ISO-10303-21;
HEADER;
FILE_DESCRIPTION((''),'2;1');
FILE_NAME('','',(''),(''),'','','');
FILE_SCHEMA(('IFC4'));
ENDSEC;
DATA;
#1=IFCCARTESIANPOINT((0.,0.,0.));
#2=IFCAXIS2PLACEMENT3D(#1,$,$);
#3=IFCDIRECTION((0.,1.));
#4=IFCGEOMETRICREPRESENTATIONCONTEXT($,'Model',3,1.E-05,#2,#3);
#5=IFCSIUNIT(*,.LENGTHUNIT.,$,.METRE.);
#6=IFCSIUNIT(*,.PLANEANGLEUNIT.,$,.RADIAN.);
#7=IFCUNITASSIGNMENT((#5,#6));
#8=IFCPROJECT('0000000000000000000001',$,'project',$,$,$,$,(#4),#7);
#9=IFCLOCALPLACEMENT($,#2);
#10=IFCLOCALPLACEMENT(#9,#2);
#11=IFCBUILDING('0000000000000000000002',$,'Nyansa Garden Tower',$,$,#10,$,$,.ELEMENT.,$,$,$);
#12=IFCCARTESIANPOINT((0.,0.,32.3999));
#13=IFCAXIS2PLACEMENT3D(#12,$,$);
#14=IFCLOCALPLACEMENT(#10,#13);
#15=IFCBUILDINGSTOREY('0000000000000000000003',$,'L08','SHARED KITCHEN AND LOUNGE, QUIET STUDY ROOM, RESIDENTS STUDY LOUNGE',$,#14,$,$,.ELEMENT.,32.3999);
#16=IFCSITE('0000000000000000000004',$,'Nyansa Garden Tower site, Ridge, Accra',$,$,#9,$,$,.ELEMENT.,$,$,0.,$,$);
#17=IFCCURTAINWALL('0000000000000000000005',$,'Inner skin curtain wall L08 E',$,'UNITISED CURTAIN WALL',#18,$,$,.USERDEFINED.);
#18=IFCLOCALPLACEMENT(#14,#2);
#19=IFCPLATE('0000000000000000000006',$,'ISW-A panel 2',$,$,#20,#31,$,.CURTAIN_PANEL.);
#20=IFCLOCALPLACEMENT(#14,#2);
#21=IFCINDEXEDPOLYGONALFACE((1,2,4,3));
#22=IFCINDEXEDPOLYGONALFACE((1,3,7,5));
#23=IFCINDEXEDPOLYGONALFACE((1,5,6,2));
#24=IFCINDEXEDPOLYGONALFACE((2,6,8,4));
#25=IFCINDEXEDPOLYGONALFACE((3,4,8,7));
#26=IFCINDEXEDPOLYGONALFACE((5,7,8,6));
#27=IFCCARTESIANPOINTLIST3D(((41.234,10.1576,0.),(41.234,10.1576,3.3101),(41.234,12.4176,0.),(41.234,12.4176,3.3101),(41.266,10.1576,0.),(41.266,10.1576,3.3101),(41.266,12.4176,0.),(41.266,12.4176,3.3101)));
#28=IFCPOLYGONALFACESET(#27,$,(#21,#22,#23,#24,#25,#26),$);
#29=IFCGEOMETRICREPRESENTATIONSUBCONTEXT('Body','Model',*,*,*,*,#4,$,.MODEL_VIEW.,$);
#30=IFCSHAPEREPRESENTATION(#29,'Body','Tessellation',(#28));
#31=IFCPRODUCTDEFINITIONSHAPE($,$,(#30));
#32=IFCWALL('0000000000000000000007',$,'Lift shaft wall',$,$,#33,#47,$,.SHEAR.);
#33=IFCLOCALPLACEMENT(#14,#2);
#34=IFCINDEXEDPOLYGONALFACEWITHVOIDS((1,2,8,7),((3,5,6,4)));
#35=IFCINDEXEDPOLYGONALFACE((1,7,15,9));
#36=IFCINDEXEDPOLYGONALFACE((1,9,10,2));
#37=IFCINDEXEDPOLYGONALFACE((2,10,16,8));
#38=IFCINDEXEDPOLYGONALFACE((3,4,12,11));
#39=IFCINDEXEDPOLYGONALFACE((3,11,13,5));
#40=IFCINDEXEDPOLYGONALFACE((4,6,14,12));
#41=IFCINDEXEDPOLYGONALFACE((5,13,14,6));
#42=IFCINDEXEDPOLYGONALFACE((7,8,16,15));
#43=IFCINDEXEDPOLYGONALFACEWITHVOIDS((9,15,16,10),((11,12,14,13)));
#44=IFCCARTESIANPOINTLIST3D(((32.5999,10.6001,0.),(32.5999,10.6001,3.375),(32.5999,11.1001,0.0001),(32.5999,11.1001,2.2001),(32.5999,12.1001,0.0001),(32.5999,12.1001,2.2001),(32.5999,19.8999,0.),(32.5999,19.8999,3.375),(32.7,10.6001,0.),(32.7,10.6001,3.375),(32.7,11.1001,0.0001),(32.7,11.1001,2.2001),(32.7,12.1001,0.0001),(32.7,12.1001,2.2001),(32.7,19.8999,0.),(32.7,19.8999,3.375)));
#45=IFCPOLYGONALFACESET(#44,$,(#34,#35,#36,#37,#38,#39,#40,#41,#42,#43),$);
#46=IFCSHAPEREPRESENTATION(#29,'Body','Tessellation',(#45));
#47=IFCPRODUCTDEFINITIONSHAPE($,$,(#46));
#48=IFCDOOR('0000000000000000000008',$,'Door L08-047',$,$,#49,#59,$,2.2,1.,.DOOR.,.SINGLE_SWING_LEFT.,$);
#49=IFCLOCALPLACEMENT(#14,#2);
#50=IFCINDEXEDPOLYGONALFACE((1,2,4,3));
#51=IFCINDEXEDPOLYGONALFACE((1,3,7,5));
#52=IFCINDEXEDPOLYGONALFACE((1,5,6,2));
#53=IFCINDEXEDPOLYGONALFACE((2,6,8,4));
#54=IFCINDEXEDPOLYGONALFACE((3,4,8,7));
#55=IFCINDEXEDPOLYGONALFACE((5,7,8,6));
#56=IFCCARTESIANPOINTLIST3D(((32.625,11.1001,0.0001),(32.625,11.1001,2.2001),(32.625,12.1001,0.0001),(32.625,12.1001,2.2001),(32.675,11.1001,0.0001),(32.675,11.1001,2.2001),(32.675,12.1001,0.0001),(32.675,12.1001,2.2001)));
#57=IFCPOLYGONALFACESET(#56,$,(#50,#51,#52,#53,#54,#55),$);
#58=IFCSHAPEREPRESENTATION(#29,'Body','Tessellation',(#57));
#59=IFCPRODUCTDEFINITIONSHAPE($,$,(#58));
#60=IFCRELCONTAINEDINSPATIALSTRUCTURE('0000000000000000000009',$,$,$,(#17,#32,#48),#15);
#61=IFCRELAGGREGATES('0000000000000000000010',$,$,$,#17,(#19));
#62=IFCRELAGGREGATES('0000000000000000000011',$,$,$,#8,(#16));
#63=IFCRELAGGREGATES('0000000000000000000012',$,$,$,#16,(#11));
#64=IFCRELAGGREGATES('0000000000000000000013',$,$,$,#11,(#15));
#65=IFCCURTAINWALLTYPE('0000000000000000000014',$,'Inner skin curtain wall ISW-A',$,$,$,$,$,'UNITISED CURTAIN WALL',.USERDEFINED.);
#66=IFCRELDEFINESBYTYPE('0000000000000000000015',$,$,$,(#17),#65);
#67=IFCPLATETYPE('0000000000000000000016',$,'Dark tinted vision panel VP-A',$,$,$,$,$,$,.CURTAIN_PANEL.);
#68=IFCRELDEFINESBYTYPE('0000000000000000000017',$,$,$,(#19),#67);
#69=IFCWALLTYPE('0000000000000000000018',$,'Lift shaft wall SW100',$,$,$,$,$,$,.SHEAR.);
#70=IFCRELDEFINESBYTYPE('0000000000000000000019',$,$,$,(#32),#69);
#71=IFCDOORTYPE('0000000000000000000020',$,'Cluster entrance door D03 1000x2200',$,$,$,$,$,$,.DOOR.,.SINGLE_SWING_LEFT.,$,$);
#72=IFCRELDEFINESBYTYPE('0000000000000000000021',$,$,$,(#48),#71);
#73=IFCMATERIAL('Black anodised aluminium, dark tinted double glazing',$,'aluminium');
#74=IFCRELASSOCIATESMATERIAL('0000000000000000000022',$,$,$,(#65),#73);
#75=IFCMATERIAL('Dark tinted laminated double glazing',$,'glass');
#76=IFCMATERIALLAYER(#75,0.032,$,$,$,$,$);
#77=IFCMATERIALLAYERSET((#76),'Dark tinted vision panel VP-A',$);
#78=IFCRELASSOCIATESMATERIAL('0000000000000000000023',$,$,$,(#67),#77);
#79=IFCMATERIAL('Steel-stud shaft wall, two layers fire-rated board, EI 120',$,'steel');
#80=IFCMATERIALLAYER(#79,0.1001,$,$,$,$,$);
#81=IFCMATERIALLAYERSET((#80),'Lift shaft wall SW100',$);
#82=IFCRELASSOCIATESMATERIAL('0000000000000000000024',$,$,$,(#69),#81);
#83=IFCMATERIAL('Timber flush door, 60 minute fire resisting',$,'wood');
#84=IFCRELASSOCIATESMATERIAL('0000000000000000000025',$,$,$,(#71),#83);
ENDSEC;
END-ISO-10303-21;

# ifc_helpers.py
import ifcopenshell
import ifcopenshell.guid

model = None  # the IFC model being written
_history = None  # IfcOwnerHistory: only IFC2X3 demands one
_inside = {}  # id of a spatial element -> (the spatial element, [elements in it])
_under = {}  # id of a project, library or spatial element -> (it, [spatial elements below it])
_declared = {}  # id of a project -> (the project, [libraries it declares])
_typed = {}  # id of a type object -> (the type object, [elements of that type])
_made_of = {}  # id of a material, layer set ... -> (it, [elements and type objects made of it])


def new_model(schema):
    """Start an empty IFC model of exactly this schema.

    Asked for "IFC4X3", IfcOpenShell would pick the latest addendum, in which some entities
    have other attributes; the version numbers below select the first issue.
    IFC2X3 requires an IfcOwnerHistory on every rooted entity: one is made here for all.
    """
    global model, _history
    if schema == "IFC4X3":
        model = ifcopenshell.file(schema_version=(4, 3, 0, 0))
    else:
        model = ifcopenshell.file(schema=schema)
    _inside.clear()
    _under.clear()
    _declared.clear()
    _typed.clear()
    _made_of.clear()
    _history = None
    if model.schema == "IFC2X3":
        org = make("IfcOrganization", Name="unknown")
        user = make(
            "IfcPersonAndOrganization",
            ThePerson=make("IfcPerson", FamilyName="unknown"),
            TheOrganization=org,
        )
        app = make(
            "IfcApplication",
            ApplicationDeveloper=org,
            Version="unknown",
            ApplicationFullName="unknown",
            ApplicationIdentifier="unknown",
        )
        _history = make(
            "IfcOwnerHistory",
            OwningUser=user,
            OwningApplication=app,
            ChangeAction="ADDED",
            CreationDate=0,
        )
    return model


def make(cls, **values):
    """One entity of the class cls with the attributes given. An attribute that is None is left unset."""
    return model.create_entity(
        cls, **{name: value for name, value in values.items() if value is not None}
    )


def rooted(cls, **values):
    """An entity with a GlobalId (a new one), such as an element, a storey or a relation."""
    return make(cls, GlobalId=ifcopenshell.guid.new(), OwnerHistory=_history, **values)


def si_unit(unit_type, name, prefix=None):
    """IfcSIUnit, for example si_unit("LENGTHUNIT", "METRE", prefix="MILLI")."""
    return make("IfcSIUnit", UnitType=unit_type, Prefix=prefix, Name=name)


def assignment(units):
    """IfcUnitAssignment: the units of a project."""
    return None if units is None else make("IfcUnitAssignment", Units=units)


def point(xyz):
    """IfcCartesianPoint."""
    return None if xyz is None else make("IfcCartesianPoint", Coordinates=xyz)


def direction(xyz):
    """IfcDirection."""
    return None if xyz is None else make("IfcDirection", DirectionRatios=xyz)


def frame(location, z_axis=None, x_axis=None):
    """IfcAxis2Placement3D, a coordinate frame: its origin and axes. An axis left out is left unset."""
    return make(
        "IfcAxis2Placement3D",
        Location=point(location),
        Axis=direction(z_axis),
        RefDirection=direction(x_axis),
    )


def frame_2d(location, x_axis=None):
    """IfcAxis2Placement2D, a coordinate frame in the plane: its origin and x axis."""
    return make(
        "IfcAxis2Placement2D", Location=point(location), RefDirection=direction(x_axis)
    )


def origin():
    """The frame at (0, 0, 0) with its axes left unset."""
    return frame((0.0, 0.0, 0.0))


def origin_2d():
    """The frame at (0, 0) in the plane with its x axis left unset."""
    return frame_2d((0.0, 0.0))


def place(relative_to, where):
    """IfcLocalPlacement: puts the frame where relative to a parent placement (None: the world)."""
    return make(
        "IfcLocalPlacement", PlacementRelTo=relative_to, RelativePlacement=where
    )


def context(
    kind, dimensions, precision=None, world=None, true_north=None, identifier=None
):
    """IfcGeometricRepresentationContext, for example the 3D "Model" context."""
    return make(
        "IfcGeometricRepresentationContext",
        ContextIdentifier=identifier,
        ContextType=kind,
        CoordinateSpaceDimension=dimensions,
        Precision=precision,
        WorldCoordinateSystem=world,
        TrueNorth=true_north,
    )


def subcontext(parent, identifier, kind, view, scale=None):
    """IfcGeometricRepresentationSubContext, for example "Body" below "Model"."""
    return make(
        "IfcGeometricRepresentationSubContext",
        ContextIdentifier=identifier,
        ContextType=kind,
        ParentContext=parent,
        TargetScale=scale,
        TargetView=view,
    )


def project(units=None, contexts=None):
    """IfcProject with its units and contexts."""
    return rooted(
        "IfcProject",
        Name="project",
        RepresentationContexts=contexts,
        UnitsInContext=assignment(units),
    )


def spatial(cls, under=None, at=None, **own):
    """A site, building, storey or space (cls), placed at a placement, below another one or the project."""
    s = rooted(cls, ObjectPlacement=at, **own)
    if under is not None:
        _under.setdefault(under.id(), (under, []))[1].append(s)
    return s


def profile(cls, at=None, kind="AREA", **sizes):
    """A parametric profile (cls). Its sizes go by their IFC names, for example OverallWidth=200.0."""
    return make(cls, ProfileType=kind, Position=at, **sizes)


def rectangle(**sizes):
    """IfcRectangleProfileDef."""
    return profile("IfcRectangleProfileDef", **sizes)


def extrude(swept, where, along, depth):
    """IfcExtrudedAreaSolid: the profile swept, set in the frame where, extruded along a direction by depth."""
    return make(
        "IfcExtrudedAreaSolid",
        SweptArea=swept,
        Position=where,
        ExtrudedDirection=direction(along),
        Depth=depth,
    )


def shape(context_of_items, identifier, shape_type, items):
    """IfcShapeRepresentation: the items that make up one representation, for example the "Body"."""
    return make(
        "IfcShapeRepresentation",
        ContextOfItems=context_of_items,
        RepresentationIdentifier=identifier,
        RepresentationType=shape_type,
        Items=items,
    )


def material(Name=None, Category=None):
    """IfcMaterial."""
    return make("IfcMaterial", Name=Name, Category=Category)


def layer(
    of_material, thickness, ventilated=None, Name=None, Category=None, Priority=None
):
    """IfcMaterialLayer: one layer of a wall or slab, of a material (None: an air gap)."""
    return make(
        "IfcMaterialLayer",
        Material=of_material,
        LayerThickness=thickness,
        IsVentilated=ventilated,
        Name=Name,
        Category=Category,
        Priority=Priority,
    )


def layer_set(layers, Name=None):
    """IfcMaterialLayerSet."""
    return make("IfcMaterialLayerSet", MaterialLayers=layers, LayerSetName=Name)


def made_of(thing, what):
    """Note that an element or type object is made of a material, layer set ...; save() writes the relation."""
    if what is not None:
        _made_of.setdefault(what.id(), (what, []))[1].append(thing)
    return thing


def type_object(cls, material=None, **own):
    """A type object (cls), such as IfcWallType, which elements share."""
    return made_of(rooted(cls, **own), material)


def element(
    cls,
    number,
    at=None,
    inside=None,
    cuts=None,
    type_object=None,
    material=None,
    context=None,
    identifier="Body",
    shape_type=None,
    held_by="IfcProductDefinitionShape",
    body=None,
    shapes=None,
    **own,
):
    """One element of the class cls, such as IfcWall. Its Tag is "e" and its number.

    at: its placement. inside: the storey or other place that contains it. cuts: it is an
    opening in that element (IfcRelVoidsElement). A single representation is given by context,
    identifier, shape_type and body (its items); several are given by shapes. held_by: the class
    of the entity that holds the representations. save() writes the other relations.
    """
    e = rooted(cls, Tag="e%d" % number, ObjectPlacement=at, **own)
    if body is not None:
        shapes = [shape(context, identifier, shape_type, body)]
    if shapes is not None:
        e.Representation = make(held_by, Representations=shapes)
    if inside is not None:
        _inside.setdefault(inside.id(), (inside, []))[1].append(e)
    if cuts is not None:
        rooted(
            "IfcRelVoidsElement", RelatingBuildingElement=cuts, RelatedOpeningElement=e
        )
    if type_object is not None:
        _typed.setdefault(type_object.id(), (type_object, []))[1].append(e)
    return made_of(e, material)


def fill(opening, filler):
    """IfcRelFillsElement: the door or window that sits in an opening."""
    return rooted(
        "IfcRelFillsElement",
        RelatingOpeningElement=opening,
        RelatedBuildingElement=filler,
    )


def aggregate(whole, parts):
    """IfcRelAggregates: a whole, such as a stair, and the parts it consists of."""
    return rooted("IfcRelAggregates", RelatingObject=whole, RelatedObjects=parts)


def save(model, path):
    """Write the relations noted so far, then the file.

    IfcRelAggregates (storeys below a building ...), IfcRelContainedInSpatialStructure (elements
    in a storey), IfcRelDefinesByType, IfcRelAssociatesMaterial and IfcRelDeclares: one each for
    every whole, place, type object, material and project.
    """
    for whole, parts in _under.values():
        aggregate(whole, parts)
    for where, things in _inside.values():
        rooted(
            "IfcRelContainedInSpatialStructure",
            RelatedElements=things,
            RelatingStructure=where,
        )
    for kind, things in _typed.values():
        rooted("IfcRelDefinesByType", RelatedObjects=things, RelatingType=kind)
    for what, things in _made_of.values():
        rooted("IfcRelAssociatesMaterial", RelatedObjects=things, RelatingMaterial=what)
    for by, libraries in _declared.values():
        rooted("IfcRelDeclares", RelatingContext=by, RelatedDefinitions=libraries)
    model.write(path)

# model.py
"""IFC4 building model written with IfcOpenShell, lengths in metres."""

from ifc_helpers import new_model, si_unit, direction, frame, frame_2d, origin, origin_2d, place, context, subcontext, project, spatial, rectangle, extrude, material, layer, layer_set, type_object, element, fill, aggregate, save


model = new_model("IFC4")

# Units and contexts
model_context = context("Model", 3, precision=1e-05, world=origin(), true_north=direction((0.0, 1.0)))
body_context = subcontext(model_context, "Body", "Model", "MODEL_VIEW")
ifc_project = project(units=[si_unit("LENGTHUNIT", "METRE"), si_unit("PLANEANGLEUNIT", "RADIAN")], contexts=[model_context])

# Site, building, storey
site_placement = place(None, origin())
site = spatial("IfcSite", under=ifc_project, at=site_placement, Name="Nyansa Garden Tower site, Ridge, Accra", CompositionType="ELEMENT", RefElevation=0.0)
building_placement = place(site_placement, origin())
building = spatial("IfcBuilding", under=site, at=building_placement, Name="Nyansa Garden Tower", CompositionType="ELEMENT")
storey_placement = place(building_placement, frame((0.0, 0.0, 32.3999)))
storey = spatial("IfcBuildingStorey", under=building, at=storey_placement, Name="L08", Description="SHARED KITCHEN AND LOUNGE, QUIET STUDY ROOM, RESIDENTS STUDY LOUNGE", CompositionType="ELEMENT", Elevation=32.3999)

# Curtain wall
ifc_material_1 = material(Name="Black anodised aluminium, dark tinted double glazing", Category="aluminium")
curtain_wall_type = type_object("IfcCurtainWallType", Name="Inner skin curtain wall ISW-A", ElementType="UNITISED CURTAIN WALL", PredefinedType="USERDEFINED", material=ifc_material_1)
curtain_wall_placement = place(storey_placement, origin())
curtain_wall = element("IfcCurtainWall", 1, at=curtain_wall_placement, inside=storey, type_object=curtain_wall_type, Name="Inner skin curtain wall L08 E", ObjectType="UNITISED CURTAIN WALL", PredefinedType="USERDEFINED")

# Plate
ifc_material_2 = material(Name="Dark tinted laminated double glazing", Category="glass")
ifc_layer_1 = layer(ifc_material_2, 0.032)
ifc_layer_set_1 = layer_set([ifc_layer_1], Name="Dark tinted vision panel VP-A")
plate_type = type_object("IfcPlateType", Name="Dark tinted vision panel VP-A", PredefinedType="CURTAIN_PANEL", material=ifc_layer_set_1)
plate_1_placement = place(storey_placement, frame((41.25, 11.2876, 0.0), z_axis=(0.0, 0.0, 1.0), x_axis=(0.0, 1.0, 0.0)))
plate_1 = element("IfcPlate", 2, at=plate_1_placement, type_object=plate_type, Name="ISW-A panel 2", PredefinedType="CURTAIN_PANEL", context=body_context, shape_type="SweptSolid", body=[
    extrude(rectangle(XDim=2.26, YDim=0.032, at=origin_2d()), origin(), (0.0, 0.0, 1.0), 3.3101),
])
aggregate(curtain_wall, [plate_1])

# Wall, opening, door
ifc_material_3 = material(Name="Steel-stud shaft wall, two layers fire-rated board, EI 120", Category="steel")
ifc_layer_2 = layer(ifc_material_3, 0.1001)
ifc_layer_set_2 = layer_set([ifc_layer_2], Name="Lift shaft wall SW100")
wall_type_1 = type_object("IfcWallType", Name="Lift shaft wall SW100", PredefinedType="SHEAR", material=ifc_layer_set_2)
wall_1_placement = place(storey_placement, frame((32.6499, 10.6001, 0.0), z_axis=(0.0, 0.0, 1.0), x_axis=(0.0, 1.0, 0.0)))
wall_1 = element("IfcWall", 3, at=wall_1_placement, inside=storey, type_object=wall_type_1, Name="Lift shaft wall", PredefinedType="SHEAR", context=body_context, shape_type="SweptSolid", body=[
    extrude(rectangle(XDim=9.2998, YDim=0.1001, at=frame_2d((4.6499, 0.0))), origin(), (0.0, 0.0, 1.0), 3.375),
])
opening_1_placement = place(wall_1_placement, frame((0.5, 0.0, 0.0)))
opening_1 = element("IfcOpeningElement", 4, at=opening_1_placement, cuts=wall_1, PredefinedType="OPENING", context=body_context, shape_type="SweptSolid", body=[
    extrude(rectangle(XDim=1.0, YDim=2.2, at=frame_2d((0.5, 1.1001))), frame((0.0, 0.0601, 0.0), z_axis=(0.0, -1.0, 0.0), x_axis=(1.0, 0.0, 0.0)), (0.0, 0.0, 1.0), 0.1201),
])
ifc_material_4 = material(Name="Timber flush door, 60 minute fire resisting", Category="wood")
door_type_1 = type_object("IfcDoorType", Name="Cluster entrance door D03 1000x2200", OperationType="SINGLE_SWING_LEFT", PredefinedType="DOOR", material=ifc_material_4)
door_1_placement = place(opening_1_placement, origin())
door_1 = element("IfcDoor", 5, at=door_1_placement, inside=storey, type_object=door_type_1, Name="Door L08-047", OperationType="SINGLE_SWING_LEFT", OverallHeight=2.2, OverallWidth=1.0, PredefinedType="DOOR", context=body_context, shape_type="SweptSolid", body=[
    extrude(rectangle(XDim=1.0, YDim=2.2, at=frame_2d((0.5, 1.1001))), frame((0.0, 0.0249, 0.0), z_axis=(0.0, -1.0, 0.0), x_axis=(1.0, 0.0, 0.0)), (0.0, 0.0, 1.0), 0.05),
])
fill(opening_1, door_1)

save(model, "model.ifc")
